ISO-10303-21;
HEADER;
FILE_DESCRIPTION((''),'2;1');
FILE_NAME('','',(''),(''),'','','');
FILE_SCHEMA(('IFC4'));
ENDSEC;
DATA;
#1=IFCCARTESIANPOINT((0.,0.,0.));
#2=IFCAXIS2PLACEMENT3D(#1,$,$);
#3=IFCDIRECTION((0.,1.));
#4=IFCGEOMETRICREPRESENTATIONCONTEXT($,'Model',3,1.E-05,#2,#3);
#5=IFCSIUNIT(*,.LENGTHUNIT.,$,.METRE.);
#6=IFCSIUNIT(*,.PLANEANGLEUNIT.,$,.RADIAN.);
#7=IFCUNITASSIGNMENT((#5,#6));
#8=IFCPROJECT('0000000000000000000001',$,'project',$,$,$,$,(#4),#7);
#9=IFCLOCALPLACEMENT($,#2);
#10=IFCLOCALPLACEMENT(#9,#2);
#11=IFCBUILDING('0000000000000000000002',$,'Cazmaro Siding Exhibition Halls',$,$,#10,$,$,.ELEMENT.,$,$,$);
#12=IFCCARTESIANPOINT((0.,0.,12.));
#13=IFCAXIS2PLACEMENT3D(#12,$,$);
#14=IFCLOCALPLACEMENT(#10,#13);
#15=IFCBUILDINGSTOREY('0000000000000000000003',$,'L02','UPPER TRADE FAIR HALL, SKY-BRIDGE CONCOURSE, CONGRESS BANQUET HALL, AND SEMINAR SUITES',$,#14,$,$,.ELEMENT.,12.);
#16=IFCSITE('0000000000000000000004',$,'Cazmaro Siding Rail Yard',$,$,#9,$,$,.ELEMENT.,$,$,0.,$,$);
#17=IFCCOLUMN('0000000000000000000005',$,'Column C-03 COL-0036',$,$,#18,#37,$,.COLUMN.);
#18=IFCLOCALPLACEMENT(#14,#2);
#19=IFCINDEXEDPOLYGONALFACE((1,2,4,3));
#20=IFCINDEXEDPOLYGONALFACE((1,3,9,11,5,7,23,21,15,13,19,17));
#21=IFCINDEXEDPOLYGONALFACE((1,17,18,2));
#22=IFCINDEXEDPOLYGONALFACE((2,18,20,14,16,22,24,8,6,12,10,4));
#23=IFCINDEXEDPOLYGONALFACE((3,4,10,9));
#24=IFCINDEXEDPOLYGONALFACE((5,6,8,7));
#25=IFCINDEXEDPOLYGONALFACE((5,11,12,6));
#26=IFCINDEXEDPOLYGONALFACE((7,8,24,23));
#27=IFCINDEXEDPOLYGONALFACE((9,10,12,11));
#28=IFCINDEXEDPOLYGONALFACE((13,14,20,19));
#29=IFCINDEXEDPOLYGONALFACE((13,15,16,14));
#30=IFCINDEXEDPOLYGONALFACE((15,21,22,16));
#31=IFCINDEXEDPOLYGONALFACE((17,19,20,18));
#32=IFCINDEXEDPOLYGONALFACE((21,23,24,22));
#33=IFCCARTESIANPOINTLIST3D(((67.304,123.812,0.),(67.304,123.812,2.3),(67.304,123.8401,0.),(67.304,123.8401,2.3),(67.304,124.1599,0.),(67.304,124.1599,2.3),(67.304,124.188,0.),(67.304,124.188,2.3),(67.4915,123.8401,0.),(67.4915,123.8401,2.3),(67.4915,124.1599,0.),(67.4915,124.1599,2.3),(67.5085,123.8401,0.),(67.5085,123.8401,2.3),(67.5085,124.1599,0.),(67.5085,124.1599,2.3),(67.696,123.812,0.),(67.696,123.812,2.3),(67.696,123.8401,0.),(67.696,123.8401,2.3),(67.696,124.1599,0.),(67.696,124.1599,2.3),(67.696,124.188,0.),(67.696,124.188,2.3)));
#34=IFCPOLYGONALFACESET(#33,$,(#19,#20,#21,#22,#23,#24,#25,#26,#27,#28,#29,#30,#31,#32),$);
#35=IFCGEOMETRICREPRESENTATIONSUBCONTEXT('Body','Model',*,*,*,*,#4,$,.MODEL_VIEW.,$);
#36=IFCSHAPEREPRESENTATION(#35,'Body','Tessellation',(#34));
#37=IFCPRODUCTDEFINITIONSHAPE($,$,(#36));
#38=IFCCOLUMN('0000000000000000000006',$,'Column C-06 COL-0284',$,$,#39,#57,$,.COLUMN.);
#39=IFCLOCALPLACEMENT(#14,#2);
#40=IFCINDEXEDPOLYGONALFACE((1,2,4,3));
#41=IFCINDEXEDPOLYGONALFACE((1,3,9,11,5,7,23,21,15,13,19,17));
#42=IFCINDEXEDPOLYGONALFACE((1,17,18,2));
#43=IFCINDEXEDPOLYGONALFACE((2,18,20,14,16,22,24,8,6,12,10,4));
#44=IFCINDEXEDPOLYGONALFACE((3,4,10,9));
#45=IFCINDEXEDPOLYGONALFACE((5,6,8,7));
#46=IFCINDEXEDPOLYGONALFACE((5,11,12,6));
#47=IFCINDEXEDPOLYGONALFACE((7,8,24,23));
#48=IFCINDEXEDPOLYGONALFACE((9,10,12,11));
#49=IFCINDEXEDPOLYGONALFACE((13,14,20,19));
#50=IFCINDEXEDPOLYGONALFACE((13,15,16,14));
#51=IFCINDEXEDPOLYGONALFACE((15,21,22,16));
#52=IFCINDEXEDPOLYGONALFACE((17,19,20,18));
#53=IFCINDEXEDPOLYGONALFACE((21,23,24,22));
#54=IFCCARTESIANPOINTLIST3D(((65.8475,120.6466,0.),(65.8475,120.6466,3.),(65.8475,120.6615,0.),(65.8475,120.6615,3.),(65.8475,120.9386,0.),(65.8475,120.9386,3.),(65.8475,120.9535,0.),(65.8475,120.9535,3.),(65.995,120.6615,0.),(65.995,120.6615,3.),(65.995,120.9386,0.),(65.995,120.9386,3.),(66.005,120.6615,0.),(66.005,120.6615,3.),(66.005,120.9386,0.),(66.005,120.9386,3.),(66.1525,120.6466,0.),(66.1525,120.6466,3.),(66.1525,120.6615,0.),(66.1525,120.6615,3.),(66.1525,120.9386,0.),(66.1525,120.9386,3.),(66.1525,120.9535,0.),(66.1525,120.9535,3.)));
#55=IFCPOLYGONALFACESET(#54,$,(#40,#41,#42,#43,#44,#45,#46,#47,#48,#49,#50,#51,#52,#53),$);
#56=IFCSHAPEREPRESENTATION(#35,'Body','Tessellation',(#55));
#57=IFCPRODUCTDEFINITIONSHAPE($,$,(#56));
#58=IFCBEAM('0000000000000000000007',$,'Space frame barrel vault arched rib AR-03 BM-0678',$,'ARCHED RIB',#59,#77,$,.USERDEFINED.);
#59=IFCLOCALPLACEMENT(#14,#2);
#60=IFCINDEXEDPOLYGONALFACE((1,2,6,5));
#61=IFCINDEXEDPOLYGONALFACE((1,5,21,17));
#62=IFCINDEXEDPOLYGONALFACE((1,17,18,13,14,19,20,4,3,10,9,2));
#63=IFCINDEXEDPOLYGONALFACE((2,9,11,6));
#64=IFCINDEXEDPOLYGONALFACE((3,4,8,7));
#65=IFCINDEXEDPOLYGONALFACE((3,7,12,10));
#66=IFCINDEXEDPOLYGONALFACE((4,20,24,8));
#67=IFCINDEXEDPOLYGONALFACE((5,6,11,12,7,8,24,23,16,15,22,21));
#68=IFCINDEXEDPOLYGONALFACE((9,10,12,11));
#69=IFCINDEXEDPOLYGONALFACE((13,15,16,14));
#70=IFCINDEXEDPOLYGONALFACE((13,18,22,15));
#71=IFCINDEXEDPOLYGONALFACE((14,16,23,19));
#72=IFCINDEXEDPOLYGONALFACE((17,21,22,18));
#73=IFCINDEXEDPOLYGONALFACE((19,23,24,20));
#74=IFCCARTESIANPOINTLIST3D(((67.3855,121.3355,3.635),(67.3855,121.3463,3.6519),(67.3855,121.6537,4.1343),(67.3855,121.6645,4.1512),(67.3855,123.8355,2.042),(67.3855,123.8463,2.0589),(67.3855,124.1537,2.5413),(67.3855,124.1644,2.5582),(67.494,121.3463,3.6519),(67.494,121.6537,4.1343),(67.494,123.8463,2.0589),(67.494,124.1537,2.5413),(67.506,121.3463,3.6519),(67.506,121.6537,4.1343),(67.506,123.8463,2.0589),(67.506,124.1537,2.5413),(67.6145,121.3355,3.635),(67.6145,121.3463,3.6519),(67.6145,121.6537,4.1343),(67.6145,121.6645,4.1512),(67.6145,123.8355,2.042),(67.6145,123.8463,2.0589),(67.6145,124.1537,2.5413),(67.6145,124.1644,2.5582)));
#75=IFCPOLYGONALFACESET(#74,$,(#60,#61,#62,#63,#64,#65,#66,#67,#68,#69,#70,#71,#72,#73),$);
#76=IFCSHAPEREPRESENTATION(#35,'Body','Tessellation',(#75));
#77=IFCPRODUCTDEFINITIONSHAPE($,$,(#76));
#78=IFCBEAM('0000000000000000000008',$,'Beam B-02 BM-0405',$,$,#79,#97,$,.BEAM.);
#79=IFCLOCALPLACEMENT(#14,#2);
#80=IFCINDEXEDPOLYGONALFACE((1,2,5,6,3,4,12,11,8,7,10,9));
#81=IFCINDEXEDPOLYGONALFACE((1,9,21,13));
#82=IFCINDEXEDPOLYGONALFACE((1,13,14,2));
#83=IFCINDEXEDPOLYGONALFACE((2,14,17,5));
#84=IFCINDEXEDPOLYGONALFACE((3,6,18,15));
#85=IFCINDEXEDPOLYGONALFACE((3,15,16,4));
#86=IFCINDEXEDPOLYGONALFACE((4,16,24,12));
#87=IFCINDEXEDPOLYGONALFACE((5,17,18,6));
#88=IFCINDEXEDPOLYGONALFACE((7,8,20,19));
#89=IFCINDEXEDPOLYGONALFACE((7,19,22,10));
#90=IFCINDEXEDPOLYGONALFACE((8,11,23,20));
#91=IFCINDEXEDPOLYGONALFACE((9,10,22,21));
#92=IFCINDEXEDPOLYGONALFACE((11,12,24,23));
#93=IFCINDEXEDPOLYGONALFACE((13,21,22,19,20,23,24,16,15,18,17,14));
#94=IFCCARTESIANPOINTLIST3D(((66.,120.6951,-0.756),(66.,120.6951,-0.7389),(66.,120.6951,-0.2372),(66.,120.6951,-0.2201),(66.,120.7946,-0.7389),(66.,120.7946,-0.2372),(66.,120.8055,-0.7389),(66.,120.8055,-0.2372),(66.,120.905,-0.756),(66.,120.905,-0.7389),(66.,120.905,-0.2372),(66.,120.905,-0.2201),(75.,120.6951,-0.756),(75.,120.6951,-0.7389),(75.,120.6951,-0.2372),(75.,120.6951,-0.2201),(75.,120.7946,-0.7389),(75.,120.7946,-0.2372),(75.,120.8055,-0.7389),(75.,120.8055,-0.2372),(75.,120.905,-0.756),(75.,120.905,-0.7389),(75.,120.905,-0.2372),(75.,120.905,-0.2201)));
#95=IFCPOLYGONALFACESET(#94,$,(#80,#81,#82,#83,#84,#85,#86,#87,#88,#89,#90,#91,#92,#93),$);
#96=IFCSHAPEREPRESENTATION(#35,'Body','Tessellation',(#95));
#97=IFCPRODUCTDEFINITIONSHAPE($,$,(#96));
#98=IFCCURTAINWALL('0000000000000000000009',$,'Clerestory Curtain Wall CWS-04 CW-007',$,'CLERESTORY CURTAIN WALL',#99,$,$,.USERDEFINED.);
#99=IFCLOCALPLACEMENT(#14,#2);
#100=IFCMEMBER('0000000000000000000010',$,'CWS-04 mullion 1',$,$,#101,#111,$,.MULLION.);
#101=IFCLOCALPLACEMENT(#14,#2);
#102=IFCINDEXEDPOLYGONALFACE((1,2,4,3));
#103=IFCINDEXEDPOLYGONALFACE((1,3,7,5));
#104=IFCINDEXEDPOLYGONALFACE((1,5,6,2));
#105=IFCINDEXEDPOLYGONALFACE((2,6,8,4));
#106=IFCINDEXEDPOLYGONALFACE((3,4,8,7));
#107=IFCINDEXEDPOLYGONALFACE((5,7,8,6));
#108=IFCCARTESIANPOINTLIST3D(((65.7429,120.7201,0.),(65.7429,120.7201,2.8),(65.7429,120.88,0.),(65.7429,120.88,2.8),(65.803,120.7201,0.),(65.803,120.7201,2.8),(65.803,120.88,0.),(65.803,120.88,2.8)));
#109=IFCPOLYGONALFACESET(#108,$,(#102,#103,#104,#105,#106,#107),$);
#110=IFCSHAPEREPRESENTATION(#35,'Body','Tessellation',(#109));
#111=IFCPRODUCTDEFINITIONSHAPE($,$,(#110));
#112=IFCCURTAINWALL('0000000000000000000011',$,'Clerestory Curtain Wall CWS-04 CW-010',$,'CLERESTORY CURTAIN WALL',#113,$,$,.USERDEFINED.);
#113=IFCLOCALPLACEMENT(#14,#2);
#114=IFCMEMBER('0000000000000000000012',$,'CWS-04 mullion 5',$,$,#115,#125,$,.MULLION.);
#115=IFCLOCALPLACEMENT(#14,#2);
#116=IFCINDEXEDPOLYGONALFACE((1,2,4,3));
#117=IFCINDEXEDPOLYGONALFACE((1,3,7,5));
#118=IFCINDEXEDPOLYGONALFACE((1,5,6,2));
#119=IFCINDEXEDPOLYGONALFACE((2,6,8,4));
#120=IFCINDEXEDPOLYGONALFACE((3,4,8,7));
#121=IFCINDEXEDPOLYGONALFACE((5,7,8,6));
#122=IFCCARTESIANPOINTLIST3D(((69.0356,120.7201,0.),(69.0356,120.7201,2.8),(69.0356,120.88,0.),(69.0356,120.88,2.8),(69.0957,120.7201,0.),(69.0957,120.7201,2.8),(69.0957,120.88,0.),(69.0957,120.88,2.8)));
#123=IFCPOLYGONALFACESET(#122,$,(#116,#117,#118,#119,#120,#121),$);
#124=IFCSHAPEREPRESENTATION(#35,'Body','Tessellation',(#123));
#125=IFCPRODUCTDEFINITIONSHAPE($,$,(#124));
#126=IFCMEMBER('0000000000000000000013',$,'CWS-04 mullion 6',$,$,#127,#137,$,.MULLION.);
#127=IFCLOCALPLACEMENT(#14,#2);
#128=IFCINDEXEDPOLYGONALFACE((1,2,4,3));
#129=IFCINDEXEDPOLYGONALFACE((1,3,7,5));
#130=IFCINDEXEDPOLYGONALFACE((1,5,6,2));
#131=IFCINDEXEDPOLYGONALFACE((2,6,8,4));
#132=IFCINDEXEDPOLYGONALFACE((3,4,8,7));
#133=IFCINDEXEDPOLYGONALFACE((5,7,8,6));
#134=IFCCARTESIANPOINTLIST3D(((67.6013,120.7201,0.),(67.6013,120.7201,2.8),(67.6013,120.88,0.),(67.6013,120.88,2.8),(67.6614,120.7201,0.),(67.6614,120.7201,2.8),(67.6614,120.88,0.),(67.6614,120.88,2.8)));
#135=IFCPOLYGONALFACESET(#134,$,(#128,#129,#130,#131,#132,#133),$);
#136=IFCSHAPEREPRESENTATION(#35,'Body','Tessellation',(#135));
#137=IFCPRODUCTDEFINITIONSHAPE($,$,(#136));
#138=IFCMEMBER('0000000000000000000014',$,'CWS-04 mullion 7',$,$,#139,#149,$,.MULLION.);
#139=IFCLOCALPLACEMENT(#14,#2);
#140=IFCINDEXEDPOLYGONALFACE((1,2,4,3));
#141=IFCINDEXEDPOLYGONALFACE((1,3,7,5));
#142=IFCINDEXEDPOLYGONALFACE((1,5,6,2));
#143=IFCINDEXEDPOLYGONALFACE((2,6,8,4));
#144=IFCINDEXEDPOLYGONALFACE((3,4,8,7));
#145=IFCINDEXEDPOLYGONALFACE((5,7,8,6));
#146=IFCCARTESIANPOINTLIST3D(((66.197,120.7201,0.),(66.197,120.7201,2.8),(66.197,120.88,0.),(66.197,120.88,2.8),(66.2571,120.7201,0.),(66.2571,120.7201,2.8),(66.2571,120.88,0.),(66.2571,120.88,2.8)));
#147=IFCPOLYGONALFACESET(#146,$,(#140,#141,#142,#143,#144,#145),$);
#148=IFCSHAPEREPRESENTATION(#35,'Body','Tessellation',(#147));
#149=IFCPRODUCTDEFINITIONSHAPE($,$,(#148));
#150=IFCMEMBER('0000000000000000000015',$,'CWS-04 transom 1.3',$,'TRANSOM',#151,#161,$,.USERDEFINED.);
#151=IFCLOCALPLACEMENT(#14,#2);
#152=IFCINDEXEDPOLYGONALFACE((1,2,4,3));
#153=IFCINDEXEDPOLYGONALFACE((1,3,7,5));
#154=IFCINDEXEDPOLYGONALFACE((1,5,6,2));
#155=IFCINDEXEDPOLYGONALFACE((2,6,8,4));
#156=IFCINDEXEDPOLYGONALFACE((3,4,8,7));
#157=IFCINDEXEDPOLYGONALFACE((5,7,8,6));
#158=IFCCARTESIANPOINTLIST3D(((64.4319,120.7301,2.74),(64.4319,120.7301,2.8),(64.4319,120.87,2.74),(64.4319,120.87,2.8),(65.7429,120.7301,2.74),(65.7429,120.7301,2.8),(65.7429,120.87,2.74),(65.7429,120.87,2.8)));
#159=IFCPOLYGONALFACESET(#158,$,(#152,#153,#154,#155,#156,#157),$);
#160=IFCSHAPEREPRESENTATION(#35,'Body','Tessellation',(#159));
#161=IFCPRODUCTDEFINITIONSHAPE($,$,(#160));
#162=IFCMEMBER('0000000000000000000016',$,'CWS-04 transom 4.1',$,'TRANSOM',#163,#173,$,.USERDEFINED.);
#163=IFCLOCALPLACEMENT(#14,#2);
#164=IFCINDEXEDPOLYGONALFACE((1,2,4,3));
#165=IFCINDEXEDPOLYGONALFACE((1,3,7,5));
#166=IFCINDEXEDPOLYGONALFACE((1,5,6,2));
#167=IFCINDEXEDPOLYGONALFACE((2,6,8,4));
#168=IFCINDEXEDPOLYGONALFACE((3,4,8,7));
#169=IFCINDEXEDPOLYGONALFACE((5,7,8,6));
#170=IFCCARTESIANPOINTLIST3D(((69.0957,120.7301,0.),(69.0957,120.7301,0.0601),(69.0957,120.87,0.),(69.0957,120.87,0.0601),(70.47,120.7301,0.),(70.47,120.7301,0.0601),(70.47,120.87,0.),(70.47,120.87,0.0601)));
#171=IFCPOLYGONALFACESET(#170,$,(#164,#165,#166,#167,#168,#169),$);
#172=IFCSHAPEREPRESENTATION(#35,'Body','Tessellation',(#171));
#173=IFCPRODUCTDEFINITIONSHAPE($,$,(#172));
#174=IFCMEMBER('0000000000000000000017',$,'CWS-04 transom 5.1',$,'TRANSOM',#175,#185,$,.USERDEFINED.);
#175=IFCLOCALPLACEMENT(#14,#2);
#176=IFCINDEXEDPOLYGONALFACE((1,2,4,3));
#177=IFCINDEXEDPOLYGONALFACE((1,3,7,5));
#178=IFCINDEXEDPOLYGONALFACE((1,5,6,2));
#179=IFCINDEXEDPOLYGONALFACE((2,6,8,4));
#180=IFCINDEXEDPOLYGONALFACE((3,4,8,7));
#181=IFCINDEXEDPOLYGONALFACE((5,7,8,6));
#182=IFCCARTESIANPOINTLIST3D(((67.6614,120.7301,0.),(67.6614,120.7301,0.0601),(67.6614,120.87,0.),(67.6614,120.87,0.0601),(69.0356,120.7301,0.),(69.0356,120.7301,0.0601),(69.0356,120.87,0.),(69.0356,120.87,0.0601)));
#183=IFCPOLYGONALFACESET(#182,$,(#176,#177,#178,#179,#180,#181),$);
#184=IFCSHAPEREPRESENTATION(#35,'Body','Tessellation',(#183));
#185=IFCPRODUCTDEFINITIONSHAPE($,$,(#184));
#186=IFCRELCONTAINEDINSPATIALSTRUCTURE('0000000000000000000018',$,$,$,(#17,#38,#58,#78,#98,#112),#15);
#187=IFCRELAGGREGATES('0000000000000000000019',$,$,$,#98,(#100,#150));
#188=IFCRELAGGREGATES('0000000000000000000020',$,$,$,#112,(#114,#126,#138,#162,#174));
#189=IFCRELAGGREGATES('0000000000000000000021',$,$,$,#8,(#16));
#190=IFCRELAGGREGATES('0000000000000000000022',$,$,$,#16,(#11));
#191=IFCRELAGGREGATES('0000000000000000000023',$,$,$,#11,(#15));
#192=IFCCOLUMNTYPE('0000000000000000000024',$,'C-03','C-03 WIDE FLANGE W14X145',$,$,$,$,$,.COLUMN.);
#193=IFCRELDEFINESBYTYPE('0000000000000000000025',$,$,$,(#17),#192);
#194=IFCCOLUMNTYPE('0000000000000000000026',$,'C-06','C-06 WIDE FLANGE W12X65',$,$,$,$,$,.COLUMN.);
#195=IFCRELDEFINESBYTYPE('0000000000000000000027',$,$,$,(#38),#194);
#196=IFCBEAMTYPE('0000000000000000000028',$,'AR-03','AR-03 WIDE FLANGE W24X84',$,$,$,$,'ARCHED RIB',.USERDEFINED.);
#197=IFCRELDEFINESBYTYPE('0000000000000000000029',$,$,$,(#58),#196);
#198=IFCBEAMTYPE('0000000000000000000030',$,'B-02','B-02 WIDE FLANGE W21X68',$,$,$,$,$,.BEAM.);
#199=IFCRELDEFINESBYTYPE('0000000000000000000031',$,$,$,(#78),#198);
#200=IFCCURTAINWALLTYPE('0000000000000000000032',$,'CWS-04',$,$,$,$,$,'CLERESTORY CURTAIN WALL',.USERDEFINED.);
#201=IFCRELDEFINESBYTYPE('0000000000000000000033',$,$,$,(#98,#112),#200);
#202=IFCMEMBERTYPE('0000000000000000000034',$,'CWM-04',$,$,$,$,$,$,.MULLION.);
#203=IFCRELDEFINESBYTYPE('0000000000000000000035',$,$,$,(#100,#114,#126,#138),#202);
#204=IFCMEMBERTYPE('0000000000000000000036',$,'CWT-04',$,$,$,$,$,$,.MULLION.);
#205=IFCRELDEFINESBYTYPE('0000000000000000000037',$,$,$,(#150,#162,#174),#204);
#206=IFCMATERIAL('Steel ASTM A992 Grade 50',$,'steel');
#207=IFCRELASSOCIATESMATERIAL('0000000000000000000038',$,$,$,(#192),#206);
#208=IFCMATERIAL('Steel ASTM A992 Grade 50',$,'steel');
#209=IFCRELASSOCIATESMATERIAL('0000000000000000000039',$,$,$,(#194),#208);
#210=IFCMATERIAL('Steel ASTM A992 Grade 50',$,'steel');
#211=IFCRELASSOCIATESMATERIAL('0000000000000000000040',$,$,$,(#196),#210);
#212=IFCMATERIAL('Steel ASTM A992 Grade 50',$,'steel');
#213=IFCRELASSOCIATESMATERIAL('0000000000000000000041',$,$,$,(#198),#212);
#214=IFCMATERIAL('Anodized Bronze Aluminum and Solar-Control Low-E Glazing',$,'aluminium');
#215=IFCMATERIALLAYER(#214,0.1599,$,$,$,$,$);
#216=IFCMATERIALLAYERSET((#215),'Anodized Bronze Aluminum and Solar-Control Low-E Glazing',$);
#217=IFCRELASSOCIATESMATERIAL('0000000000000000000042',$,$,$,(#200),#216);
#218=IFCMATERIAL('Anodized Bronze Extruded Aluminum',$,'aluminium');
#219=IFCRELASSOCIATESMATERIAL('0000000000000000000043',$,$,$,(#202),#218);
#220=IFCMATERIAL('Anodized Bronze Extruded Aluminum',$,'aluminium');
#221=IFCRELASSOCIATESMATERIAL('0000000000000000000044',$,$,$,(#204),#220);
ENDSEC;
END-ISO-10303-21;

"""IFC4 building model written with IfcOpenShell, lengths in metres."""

from ifc_helpers import new_model, si_unit, direction, frame, origin, origin_2d, place, context, subcontext, project, spatial, rectangle, i_section, extrude, material, layer, layer_set, material_profile, profile_set, type_object, element, aggregate, save


model = new_model("IFC4")

# Units and contexts
model_context = context("Model", 3, precision=1e-05, world=origin(), true_north=direction((0.0, 1.0)))
body_context = subcontext(model_context, "Body", "Model", "MODEL_VIEW")
ifc_project = project(units=[si_unit("LENGTHUNIT", "METRE"), si_unit("PLANEANGLEUNIT", "RADIAN")], contexts=[model_context])

# Site, building, storey
site_placement = place(None, origin())
site = spatial("IfcSite", under=ifc_project, at=site_placement, Name="Cazmaro Siding Rail Yard", CompositionType="ELEMENT", RefElevation=0.0)
building_placement = place(site_placement, origin())
building = spatial("IfcBuilding", under=site, at=building_placement, Name="Cazmaro Siding Exhibition Halls", CompositionType="ELEMENT")
storey_placement = place(building_placement, frame((0.0, 0.0, 12.0)))
storey = spatial("IfcBuildingStorey", under=building, at=storey_placement, Name="L02", Description="UPPER TRADE FAIR HALL, SKY-BRIDGE CONCOURSE, CONGRESS BANQUET HALL, AND SEMINAR SUITES", CompositionType="ELEMENT", Elevation=12.0)

# Columns
ifc_material_1 = material(Name="Steel ASTM A992 Grade 50", Category="steel")
ifc_material_profile_1 = material_profile(ifc_material_1, i_section(OverallWidth=0.3921, OverallDepth=0.376, WebThickness=0.0171, FlangeThickness=0.0281, at=origin_2d()), Name="W14X145")
ifc_profile_set_1 = profile_set([ifc_material_profile_1], Name="Steel ASTM A992 Grade 50")
column_type_1 = type_object("IfcColumnType", Name="C-03", Description="C-03 WIDE FLANGE W14X145", PredefinedType="COLUMN", material=ifc_profile_set_1)
column_1_placement = place(storey_placement, frame((67.5, 124.0, 0.0), z_axis=(0.0, 0.0, 1.0), x_axis=(1.0, 0.0, 0.0)))
element("IfcColumn", 1, at=column_1_placement, inside=storey, type_object=column_type_1, Name="Column C-03 COL-0036", PredefinedType="COLUMN", context=body_context, shape_type="SweptSolid", body=[
    extrude(i_section(OverallWidth=0.3921, OverallDepth=0.376, WebThickness=0.0171, FlangeThickness=0.0281, at=origin_2d()), origin(), (0.0, 0.0, 1.0), 2.3),
])
ifc_material_2 = material(Name="Steel ASTM A992 Grade 50", Category="steel")
ifc_material_profile_2 = material_profile(ifc_material_2, i_section(OverallWidth=0.3049, OverallDepth=0.3069, WebThickness=0.01, FlangeThickness=0.0149, at=origin_2d()), Name="W12X65")
ifc_profile_set_2 = profile_set([ifc_material_profile_2], Name="Steel ASTM A992 Grade 50")
column_type_2 = type_object("IfcColumnType", Name="C-06", Description="C-06 WIDE FLANGE W12X65", PredefinedType="COLUMN", material=ifc_profile_set_2)
column_2_placement = place(storey_placement, frame((66.0, 120.8, 0.0), z_axis=(0.0, 0.0, 1.0), x_axis=(1.0, 0.0, 0.0)))
element("IfcColumn", 2, at=column_2_placement, inside=storey, type_object=column_type_2, Name="Column C-06 COL-0284", PredefinedType="COLUMN", context=body_context, shape_type="SweptSolid", body=[
    extrude(i_section(OverallWidth=0.3049, OverallDepth=0.3069, WebThickness=0.01, FlangeThickness=0.0149, at=origin_2d()), origin(), (0.0, 0.0, 1.0), 3.0),
])

# Beams
ifc_material_3 = material(Name="Steel ASTM A992 Grade 50", Category="steel")
ifc_material_profile_3 = material_profile(ifc_material_3, i_section(OverallWidth=0.229, OverallDepth=0.6121, WebThickness=0.012, FlangeThickness=0.02, at=origin_2d()), Name="W24X84")
ifc_profile_set_3 = profile_set([ifc_material_profile_3], Name="Steel ASTM A992 Grade 50")
beam_type_1 = type_object("IfcBeamType", Name="AR-03", Description="AR-03 WIDE FLANGE W24X84", ElementType="ARCHED RIB", PredefinedType="USERDEFINED", material=ifc_profile_set_3)
beam_1_placement = place(storey_placement, frame((67.5, 121.5, 3.8931), z_axis=(0.0, 0.843339, -0.537382), x_axis=(-1.0, 0.0, 0.0)))
element("IfcBeam", 3, at=beam_1_placement, inside=storey, type_object=beam_type_1, Name="Space frame barrel vault arched rib AR-03 BM-0678", ObjectType="ARCHED RIB", PredefinedType="USERDEFINED", context=body_context, shape_type="SweptSolid", body=[
    extrude(i_section(OverallWidth=0.229, OverallDepth=0.6121, WebThickness=0.012, FlangeThickness=0.02, at=origin_2d()), origin(), (0.0, 0.0, 1.0), 2.9644),
])
ifc_material_4 = material(Name="Steel ASTM A992 Grade 50", Category="steel")
ifc_material_profile_4 = material_profile(ifc_material_4, i_section(OverallWidth=0.21, OverallDepth=0.5359, WebThickness=0.011, FlangeThickness=0.0171, at=origin_2d()), Name="W21X68")
ifc_profile_set_4 = profile_set([ifc_material_profile_4], Name="Steel ASTM A992 Grade 50")
beam_type_2 = type_object("IfcBeamType", Name="B-02", Description="B-02 WIDE FLANGE W21X68", PredefinedType="BEAM", material=ifc_profile_set_4)
beam_2_placement = place(storey_placement, frame((66.0, 120.8, -0.488), z_axis=(1.0, 0.0, 0.0), x_axis=(0.0, 1.0, 0.0)))
element("IfcBeam", 4, at=beam_2_placement, inside=storey, type_object=beam_type_2, Name="Beam B-02 BM-0405", PredefinedType="BEAM", context=body_context, shape_type="SweptSolid", body=[
    extrude(i_section(OverallWidth=0.21, OverallDepth=0.5359, WebThickness=0.011, FlangeThickness=0.0171, at=origin_2d()), origin(), (0.0, 0.0, 1.0), 9.0),
])

# Curtain wall, member
ifc_material_5 = material(Name="Anodized Bronze Aluminum and Solar-Control Low-E Glazing", Category="aluminium")
ifc_layer_1 = layer(ifc_material_5, 0.1599)
ifc_layer_set_1 = layer_set([ifc_layer_1], Name="Anodized Bronze Aluminum and Solar-Control Low-E Glazing")
curtain_wall_type = type_object("IfcCurtainWallType", Name="CWS-04", ElementType="CLERESTORY CURTAIN WALL", PredefinedType="USERDEFINED", material=ifc_layer_set_1)
curtain_wall_1_placement = place(storey_placement, origin())
curtain_wall_1 = element("IfcCurtainWall", 5, at=curtain_wall_1_placement, inside=storey, type_object=curtain_wall_type, Name="Clerestory Curtain Wall CWS-04 CW-007", ObjectType="CLERESTORY CURTAIN WALL", PredefinedType="USERDEFINED")
ifc_material_6 = material(Name="Anodized Bronze Extruded Aluminum", Category="aluminium")
ifc_material_profile_5 = material_profile(ifc_material_6, rectangle(XDim=0.1599, YDim=0.0601, at=origin_2d()), Name="CWM-04")
ifc_profile_set_5 = profile_set([ifc_material_profile_5], Name="Anodized Bronze Extruded Aluminum")
member_type_1 = type_object("IfcMemberType", Name="CWM-04", PredefinedType="MULLION", material=ifc_profile_set_5)
member_1_placement = place(storey_placement, frame((65.7729, 120.8, 0.0), z_axis=(0.0, 0.0, 1.0), x_axis=(0.0, -1.0, 0.0)))
member_1 = element("IfcMember", 6, at=member_1_placement, type_object=member_type_1, Name="CWS-04 mullion 1", PredefinedType="MULLION", context=body_context, shape_type="SweptSolid", body=[
    extrude(rectangle(XDim=0.1599, YDim=0.0601, at=origin_2d()), origin(), (0.0, 0.0, 1.0), 2.8),
])

# Curtain wall, members
curtain_wall_2_placement = place(storey_placement, origin())
curtain_wall_2 = element("IfcCurtainWall", 7, at=curtain_wall_2_placement, inside=storey, type_object=curtain_wall_type, Name="Clerestory Curtain Wall CWS-04 CW-010", ObjectType="CLERESTORY CURTAIN WALL", PredefinedType="USERDEFINED")
member_2_placement = place(storey_placement, frame((69.0657, 120.8, 0.0), z_axis=(0.0, 0.0, 1.0), x_axis=(0.0, -1.0, 0.0)))
member_2 = element("IfcMember", 8, at=member_2_placement, type_object=member_type_1, Name="CWS-04 mullion 5", PredefinedType="MULLION", context=body_context, shape_type="SweptSolid", body=[
    extrude(rectangle(XDim=0.1599, YDim=0.0601, at=origin_2d()), origin(), (0.0, 0.0, 1.0), 2.8),
])
member_3_placement = place(storey_placement, frame((67.6313, 120.8, 0.0), z_axis=(0.0, 0.0, 1.0), x_axis=(0.0, -1.0, 0.0)))
member_3 = element("IfcMember", 9, at=member_3_placement, type_object=member_type_1, Name="CWS-04 mullion 6", PredefinedType="MULLION", context=body_context, shape_type="SweptSolid", body=[
    extrude(rectangle(XDim=0.1599, YDim=0.0601, at=origin_2d()), origin(), (0.0, 0.0, 1.0), 2.8),
])
member_4_placement = place(storey_placement, frame((66.2271, 120.8, 0.0), z_axis=(0.0, 0.0, 1.0), x_axis=(0.0, -1.0, 0.0)))
member_4 = element("IfcMember", 10, at=member_4_placement, type_object=member_type_1, Name="CWS-04 mullion 7", PredefinedType="MULLION", context=body_context, shape_type="SweptSolid", body=[
    extrude(rectangle(XDim=0.1599, YDim=0.0601, at=origin_2d()), origin(), (0.0, 0.0, 1.0), 2.8),
])

# Members
ifc_material_7 = material(Name="Anodized Bronze Extruded Aluminum", Category="aluminium")
ifc_material_profile_6 = material_profile(ifc_material_7, rectangle(XDim=0.1399, YDim=0.0601, at=origin_2d()), Name="CWT-04")
ifc_profile_set_6 = profile_set([ifc_material_profile_6], Name="Anodized Bronze Extruded Aluminum")
member_type_2 = type_object("IfcMemberType", Name="CWT-04", PredefinedType="MULLION", material=ifc_profile_set_6)
member_5_placement = place(storey_placement, frame((65.7429, 120.8, 2.77), z_axis=(-1.0, 0.0, 0.0), x_axis=(0.0, -1.0, 0.0)))
member_5 = element("IfcMember", 11, at=member_5_placement, type_object=member_type_2, Name="CWS-04 transom 1.3", ObjectType="TRANSOM", PredefinedType="USERDEFINED", context=body_context, shape_type="SweptSolid", body=[
    extrude(rectangle(XDim=0.1399, YDim=0.0601, at=origin_2d()), origin(), (0.0, 0.0, 1.0), 1.311),
])
aggregate(curtain_wall_1, [member_1, member_5])
member_6_placement = place(storey_placement, frame((70.47, 120.8, 0.03), z_axis=(-1.0, 0.0, 0.0), x_axis=(0.0, -1.0, 0.0)))
member_6 = element("IfcMember", 12, at=member_6_placement, type_object=member_type_2, Name="CWS-04 transom 4.1", ObjectType="TRANSOM", PredefinedType="USERDEFINED", context=body_context, shape_type="SweptSolid", body=[
    extrude(rectangle(XDim=0.1399, YDim=0.0601, at=origin_2d()), origin(), (0.0, 0.0, 1.0), 1.3743),
])
member_7_placement = place(storey_placement, frame((69.0356, 120.8, 0.03), z_axis=(-1.0, 0.0, 0.0), x_axis=(0.0, -1.0, 0.0)))
member_7 = element("IfcMember", 13, at=member_7_placement, type_object=member_type_2, Name="CWS-04 transom 5.1", ObjectType="TRANSOM", PredefinedType="USERDEFINED", context=body_context, shape_type="SweptSolid", body=[
    extrude(rectangle(XDim=0.1399, YDim=0.0601, at=origin_2d()), origin(), (0.0, 0.0, 1.0), 1.3743),
])

aggregate(curtain_wall_2, [member_2, member_3, member_4, member_6, member_7])

save(model, "model.ifc")
